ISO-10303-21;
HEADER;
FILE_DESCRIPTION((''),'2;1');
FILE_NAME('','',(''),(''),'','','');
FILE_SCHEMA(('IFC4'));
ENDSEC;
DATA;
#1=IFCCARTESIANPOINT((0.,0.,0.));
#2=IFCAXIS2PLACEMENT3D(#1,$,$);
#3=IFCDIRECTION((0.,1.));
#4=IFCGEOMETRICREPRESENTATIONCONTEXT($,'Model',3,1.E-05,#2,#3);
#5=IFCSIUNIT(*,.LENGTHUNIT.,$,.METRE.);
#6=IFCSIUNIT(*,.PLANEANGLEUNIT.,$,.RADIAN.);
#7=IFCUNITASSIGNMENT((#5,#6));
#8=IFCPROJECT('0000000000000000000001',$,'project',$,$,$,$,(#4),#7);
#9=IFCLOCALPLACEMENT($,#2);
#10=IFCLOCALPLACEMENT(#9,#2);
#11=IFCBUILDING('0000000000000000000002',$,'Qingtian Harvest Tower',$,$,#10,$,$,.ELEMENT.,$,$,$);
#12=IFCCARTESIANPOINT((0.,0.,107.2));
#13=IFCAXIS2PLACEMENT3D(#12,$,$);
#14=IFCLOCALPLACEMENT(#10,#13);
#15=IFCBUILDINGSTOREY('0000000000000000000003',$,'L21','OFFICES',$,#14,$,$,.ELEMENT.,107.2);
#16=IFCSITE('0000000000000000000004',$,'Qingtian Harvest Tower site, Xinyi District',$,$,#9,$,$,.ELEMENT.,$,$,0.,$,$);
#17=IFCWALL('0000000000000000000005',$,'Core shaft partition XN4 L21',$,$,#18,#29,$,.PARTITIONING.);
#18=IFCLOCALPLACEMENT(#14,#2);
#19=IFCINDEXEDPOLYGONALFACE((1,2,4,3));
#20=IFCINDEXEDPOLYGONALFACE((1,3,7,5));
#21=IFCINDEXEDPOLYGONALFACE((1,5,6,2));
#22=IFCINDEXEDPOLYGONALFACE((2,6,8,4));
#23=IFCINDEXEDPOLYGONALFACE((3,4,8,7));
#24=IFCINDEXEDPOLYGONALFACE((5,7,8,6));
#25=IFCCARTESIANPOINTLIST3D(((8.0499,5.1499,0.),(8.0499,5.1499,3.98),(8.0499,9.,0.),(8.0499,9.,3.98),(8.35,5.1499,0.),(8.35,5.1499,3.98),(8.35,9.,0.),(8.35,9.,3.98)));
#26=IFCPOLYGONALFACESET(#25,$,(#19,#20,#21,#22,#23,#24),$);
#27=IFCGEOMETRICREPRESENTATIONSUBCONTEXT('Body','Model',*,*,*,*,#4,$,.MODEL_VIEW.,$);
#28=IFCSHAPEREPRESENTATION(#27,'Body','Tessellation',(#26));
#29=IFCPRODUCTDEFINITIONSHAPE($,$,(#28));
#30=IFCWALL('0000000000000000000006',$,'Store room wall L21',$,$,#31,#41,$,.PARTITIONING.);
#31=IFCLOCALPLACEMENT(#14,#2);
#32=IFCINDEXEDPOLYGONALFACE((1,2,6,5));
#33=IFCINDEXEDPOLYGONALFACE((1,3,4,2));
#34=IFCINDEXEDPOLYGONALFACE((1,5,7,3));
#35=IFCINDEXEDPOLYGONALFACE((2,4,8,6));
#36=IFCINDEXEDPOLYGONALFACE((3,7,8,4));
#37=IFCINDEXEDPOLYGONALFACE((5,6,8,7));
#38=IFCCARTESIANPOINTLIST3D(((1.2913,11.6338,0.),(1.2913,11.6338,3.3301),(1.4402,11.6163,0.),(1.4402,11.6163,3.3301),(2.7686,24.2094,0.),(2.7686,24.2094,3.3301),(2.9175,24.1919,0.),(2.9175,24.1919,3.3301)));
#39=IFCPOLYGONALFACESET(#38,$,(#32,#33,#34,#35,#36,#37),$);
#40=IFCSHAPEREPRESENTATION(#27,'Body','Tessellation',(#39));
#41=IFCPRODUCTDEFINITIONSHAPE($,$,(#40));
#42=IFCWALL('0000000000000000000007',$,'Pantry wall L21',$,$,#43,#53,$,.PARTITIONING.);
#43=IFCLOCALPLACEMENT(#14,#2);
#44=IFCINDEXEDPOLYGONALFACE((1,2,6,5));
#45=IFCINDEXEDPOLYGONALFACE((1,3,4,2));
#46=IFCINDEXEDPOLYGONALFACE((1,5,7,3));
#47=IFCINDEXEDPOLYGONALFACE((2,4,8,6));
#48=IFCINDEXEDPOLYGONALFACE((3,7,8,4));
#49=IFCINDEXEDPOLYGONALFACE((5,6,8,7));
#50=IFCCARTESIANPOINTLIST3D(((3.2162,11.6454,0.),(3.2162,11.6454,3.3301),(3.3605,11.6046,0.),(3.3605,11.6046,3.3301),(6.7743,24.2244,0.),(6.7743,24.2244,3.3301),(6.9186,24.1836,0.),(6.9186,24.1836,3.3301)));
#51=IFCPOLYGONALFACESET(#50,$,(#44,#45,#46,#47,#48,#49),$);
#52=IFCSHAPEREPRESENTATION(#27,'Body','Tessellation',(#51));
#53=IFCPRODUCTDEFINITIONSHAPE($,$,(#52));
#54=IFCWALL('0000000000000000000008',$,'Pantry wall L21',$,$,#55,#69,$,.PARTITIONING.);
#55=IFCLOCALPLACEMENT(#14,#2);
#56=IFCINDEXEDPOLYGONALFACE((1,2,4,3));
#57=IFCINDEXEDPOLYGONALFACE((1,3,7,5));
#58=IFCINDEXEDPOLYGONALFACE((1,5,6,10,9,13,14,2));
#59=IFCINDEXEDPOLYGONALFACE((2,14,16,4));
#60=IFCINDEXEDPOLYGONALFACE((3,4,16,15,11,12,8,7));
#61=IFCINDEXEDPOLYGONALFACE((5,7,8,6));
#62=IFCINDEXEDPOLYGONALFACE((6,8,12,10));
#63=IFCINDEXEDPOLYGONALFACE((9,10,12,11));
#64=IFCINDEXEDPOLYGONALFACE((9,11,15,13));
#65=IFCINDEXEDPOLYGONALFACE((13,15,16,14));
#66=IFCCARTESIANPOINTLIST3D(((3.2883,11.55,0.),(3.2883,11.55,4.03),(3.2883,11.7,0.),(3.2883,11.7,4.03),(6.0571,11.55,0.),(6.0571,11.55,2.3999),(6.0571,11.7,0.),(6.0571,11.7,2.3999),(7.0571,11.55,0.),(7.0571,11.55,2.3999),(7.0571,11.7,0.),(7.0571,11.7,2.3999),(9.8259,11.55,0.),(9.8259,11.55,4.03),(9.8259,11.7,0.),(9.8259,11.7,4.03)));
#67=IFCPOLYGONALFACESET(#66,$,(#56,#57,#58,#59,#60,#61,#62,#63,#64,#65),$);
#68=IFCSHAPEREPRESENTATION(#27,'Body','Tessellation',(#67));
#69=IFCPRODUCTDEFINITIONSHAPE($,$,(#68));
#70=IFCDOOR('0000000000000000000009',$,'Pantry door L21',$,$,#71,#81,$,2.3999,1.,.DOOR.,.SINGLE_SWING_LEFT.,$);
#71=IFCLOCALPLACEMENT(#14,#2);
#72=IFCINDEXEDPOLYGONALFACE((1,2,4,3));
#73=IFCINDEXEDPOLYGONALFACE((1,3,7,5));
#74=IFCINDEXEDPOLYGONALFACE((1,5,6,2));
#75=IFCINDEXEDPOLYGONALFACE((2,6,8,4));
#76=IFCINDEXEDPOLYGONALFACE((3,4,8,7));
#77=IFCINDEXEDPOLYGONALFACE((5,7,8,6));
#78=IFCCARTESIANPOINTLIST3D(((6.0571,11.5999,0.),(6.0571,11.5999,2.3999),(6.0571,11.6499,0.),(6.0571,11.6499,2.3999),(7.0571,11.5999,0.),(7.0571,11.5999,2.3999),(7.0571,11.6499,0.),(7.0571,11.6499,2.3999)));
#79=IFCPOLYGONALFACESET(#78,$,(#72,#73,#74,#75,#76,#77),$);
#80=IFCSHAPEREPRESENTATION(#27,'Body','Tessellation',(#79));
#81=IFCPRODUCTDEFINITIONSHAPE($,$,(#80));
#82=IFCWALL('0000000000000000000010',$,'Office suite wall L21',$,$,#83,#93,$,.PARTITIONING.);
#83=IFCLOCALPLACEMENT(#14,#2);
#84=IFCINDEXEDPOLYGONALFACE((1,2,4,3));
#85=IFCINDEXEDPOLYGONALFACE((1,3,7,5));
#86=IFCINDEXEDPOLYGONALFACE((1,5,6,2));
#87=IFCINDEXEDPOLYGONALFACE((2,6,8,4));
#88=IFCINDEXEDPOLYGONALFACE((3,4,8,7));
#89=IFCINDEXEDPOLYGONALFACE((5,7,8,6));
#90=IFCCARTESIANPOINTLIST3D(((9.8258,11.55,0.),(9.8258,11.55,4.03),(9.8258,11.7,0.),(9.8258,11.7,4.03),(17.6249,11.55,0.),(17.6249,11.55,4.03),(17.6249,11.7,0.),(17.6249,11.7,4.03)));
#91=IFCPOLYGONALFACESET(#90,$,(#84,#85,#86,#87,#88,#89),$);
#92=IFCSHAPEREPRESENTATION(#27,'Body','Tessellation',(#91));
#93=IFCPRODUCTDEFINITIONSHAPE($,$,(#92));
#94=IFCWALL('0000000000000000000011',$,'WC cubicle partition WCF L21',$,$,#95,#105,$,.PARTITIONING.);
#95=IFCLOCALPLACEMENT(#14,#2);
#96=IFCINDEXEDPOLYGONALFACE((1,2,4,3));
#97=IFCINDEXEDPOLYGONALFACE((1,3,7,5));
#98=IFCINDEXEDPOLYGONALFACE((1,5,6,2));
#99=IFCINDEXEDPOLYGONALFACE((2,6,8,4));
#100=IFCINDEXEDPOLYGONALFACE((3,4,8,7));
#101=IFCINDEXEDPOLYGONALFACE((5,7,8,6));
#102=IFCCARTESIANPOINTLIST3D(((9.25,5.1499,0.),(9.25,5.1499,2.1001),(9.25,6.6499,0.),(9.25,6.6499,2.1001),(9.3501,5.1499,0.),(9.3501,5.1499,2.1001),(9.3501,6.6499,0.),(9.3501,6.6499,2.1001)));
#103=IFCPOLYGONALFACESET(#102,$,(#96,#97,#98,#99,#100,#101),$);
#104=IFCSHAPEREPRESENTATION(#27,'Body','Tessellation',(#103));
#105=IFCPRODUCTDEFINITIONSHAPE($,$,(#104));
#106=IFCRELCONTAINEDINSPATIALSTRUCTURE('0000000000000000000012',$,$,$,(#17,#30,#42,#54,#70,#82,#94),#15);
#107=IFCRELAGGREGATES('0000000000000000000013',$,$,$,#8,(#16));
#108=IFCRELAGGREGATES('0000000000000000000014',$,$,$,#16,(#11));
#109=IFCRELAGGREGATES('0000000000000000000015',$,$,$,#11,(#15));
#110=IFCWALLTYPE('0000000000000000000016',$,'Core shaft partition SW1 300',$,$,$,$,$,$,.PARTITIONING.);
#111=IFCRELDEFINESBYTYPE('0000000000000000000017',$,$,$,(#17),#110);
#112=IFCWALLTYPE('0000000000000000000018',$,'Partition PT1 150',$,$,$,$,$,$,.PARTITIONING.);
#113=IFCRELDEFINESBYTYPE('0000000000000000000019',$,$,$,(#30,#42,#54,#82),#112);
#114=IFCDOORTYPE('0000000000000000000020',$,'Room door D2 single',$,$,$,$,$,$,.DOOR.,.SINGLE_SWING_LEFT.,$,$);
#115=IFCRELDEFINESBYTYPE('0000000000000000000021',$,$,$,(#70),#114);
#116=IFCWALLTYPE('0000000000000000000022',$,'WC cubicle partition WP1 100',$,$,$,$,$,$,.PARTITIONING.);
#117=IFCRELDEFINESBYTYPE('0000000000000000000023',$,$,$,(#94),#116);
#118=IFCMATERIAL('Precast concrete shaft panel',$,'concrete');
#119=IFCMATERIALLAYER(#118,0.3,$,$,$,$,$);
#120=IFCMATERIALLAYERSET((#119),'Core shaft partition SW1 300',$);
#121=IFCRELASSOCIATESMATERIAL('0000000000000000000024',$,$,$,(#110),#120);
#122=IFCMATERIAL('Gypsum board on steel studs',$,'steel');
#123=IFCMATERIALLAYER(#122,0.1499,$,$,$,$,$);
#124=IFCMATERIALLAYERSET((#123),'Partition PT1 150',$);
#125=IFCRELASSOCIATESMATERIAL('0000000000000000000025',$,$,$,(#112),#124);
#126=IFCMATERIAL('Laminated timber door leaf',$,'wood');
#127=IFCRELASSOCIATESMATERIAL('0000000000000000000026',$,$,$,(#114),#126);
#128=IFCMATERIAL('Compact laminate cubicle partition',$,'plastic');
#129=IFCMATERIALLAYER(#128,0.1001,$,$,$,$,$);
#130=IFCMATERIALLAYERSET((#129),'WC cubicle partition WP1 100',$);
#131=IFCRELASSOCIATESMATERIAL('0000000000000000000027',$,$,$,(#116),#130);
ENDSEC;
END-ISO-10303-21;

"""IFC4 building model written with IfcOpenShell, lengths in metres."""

from ifc_helpers import new_model, si_unit, direction, frame, frame_2d, origin, place, context, subcontext, project, spatial, rectangle, extrude, material, layer, layer_set, type_object, element, fill, save


model = new_model("IFC4")

# Units and contexts
model_context = context("Model", 3, precision=1e-05, world=origin(), true_north=direction((0.0, 1.0)))
body_context = subcontext(model_context, "Body", "Model", "MODEL_VIEW")
ifc_project = project(units=[si_unit("LENGTHUNIT", "METRE"), si_unit("PLANEANGLEUNIT", "RADIAN")], contexts=[model_context])

# Site, building, storey
site_placement = place(None, origin())
site = spatial("IfcSite", under=ifc_project, at=site_placement, Name="Qingtian Harvest Tower site, Xinyi District", CompositionType="ELEMENT", RefElevation=0.0)
building_placement = place(site_placement, origin())
building = spatial("IfcBuilding", under=site, at=building_placement, Name="Qingtian Harvest Tower", CompositionType="ELEMENT")
storey_placement = place(building_placement, frame((0.0, 0.0, 107.2)))
storey = spatial("IfcBuildingStorey", under=building, at=storey_placement, Name="L21", Description="OFFICES", CompositionType="ELEMENT", Elevation=107.2)

# Walls
ifc_material_1 = material(Name="Precast concrete shaft panel", Category="concrete")
ifc_layer_1 = layer(ifc_material_1, 0.3)
ifc_layer_set_1 = layer_set([ifc_layer_1], Name="Core shaft partition SW1 300")
wall_type_1 = type_object("IfcWallType", Name="Core shaft partition SW1 300", PredefinedType="PARTITIONING", material=ifc_layer_set_1)
wall_1_placement = place(storey_placement, frame((8.2, 5.1499, 0.0), z_axis=(0.0, 0.0, 1.0), x_axis=(0.0, 1.0, 0.0)))
element("IfcWall", 1, at=wall_1_placement, inside=storey, type_object=wall_type_1, Name="Core shaft partition XN4 L21", PredefinedType="PARTITIONING", context=body_context, shape_type="SweptSolid", body=[
    extrude(rectangle(XDim=3.8501, YDim=0.3, at=frame_2d((1.925, 0.0))), origin(), (0.0, 0.0, 1.0), 3.98),
])
ifc_material_2 = material(Name="Gypsum board on steel studs", Category="steel")
ifc_layer_2 = layer(ifc_material_2, 0.1499)
ifc_layer_set_2 = layer_set([ifc_layer_2], Name="Partition PT1 150")
wall_type_2 = type_object("IfcWallType", Name="Partition PT1 150", PredefinedType="PARTITIONING", material=ifc_layer_set_2)
wall_2_placement = place(storey_placement, frame((2.843, 24.2007, 0.0), z_axis=(0.0, 0.0, 1.0), x_axis=(-0.11667, -0.993171, 0.0)))
element("IfcWall", 2, at=wall_2_placement, inside=storey, type_object=wall_type_2, Name="Store room wall L21", PredefinedType="PARTITIONING", context=body_context, shape_type="SweptSolid", body=[
    extrude(rectangle(XDim=12.6621, YDim=0.1499, at=frame_2d((6.3311, 0.0))), origin(), (0.0, 0.0, 1.0), 3.3301),
])

# Shared definitions
ifc_material_3 = material(Name="Laminated timber door leaf", Category="wood")
door_type = type_object("IfcDoorType", Name="Room door D2 single", OperationType="SINGLE_SWING_LEFT", PredefinedType="DOOR", material=ifc_material_3)

# Wall
wall_3_placement = place(storey_placement, frame((6.8464, 24.2039, 0.0), z_axis=(0.0, 0.0, 1.0), x_axis=(-0.272184, -0.962245, 0.0)))
element("IfcWall", 3, at=wall_3_placement, inside=storey, type_object=wall_type_2, Name="Pantry wall L21", PredefinedType="PARTITIONING", context=body_context, shape_type="SweptSolid", body=[
    extrude(rectangle(XDim=13.0725, YDim=0.1499, at=frame_2d((6.5361, 0.0))), origin(), (0.0, 0.0, 1.0), 3.3301),
])

# Wall, opening, door
wall_4_placement = place(storey_placement, frame((3.2883, 11.625, 0.0), z_axis=(0.0, 0.0, 1.0), x_axis=(1.0, 0.0, 0.0)))
wall_4 = element("IfcWall", 4, at=wall_4_placement, inside=storey, type_object=wall_type_2, Name="Pantry wall L21", PredefinedType="PARTITIONING", context=body_context, shape_type="SweptSolid", body=[
    extrude(rectangle(XDim=6.5376, YDim=0.1499, at=frame_2d((3.2688, 0.0))), origin(), (0.0, 0.0, 1.0), 4.03),
])
opening_1_placement = place(wall_4_placement, frame((2.7688, 0.0, 0.0)))
opening_1 = element("IfcOpeningElement", 5, at=opening_1_placement, cuts=wall_4, PredefinedType="OPENING", context=body_context, shape_type="SweptSolid", body=[
    extrude(rectangle(XDim=1.0, YDim=2.3999, at=frame_2d((0.5, 1.2))), frame((0.0, 0.085, 0.0), z_axis=(0.0, -1.0, 0.0), x_axis=(1.0, 0.0, 0.0)), (0.0, 0.0, 1.0), 0.1699),
])
door_1_placement = place(opening_1_placement, origin())
door_1 = element("IfcDoor", 6, at=door_1_placement, inside=storey, type_object=door_type, Name="Pantry door L21", OperationType="SINGLE_SWING_LEFT", OverallHeight=2.3999, OverallWidth=1.0, PredefinedType="DOOR", context=body_context, shape_type="SweptSolid", body=[
    extrude(rectangle(XDim=1.0, YDim=2.3999, at=frame_2d((0.5, 1.2))), frame((0.0, 0.0249, 0.0), z_axis=(0.0, -1.0, 0.0), x_axis=(1.0, 0.0, 0.0)), (0.0, 0.0, 1.0), 0.05),
])
fill(opening_1, door_1)

# Walls
wall_5_placement = place(storey_placement, frame((9.8259, 11.625, 0.0), z_axis=(0.0, 0.0, 1.0), x_axis=(1.0, 0.0, 0.0)))
element("IfcWall", 7, at=wall_5_placement, inside=storey, type_object=wall_type_2, Name="Office suite wall L21", PredefinedType="PARTITIONING", context=body_context, shape_type="SweptSolid", body=[
    extrude(rectangle(XDim=7.7991, YDim=0.1499, at=frame_2d((3.8994, 0.0))), origin(), (0.0, 0.0, 1.0), 4.03),
])
ifc_material_4 = material(Name="Compact laminate cubicle partition", Category="plastic")
ifc_layer_3 = layer(ifc_material_4, 0.1001)
ifc_layer_set_3 = layer_set([ifc_layer_3], Name="WC cubicle partition WP1 100")
wall_type_3 = type_object("IfcWallType", Name="WC cubicle partition WP1 100", PredefinedType="PARTITIONING", material=ifc_layer_set_3)
wall_6_placement = place(storey_placement, frame((9.3, 5.1499, 0.0), z_axis=(0.0, 0.0, 1.0), x_axis=(0.0, 1.0, 0.0)))
element("IfcWall", 8, at=wall_6_placement, inside=storey, type_object=wall_type_3, Name="WC cubicle partition WCF L21", PredefinedType="PARTITIONING", context=body_context, shape_type="SweptSolid", body=[
    extrude(rectangle(XDim=1.5, YDim=0.1001, at=frame_2d((0.75, 0.0))), origin(), (0.0, 0.0, 1.0), 2.1001),
])

save(model, "model.ifc")
